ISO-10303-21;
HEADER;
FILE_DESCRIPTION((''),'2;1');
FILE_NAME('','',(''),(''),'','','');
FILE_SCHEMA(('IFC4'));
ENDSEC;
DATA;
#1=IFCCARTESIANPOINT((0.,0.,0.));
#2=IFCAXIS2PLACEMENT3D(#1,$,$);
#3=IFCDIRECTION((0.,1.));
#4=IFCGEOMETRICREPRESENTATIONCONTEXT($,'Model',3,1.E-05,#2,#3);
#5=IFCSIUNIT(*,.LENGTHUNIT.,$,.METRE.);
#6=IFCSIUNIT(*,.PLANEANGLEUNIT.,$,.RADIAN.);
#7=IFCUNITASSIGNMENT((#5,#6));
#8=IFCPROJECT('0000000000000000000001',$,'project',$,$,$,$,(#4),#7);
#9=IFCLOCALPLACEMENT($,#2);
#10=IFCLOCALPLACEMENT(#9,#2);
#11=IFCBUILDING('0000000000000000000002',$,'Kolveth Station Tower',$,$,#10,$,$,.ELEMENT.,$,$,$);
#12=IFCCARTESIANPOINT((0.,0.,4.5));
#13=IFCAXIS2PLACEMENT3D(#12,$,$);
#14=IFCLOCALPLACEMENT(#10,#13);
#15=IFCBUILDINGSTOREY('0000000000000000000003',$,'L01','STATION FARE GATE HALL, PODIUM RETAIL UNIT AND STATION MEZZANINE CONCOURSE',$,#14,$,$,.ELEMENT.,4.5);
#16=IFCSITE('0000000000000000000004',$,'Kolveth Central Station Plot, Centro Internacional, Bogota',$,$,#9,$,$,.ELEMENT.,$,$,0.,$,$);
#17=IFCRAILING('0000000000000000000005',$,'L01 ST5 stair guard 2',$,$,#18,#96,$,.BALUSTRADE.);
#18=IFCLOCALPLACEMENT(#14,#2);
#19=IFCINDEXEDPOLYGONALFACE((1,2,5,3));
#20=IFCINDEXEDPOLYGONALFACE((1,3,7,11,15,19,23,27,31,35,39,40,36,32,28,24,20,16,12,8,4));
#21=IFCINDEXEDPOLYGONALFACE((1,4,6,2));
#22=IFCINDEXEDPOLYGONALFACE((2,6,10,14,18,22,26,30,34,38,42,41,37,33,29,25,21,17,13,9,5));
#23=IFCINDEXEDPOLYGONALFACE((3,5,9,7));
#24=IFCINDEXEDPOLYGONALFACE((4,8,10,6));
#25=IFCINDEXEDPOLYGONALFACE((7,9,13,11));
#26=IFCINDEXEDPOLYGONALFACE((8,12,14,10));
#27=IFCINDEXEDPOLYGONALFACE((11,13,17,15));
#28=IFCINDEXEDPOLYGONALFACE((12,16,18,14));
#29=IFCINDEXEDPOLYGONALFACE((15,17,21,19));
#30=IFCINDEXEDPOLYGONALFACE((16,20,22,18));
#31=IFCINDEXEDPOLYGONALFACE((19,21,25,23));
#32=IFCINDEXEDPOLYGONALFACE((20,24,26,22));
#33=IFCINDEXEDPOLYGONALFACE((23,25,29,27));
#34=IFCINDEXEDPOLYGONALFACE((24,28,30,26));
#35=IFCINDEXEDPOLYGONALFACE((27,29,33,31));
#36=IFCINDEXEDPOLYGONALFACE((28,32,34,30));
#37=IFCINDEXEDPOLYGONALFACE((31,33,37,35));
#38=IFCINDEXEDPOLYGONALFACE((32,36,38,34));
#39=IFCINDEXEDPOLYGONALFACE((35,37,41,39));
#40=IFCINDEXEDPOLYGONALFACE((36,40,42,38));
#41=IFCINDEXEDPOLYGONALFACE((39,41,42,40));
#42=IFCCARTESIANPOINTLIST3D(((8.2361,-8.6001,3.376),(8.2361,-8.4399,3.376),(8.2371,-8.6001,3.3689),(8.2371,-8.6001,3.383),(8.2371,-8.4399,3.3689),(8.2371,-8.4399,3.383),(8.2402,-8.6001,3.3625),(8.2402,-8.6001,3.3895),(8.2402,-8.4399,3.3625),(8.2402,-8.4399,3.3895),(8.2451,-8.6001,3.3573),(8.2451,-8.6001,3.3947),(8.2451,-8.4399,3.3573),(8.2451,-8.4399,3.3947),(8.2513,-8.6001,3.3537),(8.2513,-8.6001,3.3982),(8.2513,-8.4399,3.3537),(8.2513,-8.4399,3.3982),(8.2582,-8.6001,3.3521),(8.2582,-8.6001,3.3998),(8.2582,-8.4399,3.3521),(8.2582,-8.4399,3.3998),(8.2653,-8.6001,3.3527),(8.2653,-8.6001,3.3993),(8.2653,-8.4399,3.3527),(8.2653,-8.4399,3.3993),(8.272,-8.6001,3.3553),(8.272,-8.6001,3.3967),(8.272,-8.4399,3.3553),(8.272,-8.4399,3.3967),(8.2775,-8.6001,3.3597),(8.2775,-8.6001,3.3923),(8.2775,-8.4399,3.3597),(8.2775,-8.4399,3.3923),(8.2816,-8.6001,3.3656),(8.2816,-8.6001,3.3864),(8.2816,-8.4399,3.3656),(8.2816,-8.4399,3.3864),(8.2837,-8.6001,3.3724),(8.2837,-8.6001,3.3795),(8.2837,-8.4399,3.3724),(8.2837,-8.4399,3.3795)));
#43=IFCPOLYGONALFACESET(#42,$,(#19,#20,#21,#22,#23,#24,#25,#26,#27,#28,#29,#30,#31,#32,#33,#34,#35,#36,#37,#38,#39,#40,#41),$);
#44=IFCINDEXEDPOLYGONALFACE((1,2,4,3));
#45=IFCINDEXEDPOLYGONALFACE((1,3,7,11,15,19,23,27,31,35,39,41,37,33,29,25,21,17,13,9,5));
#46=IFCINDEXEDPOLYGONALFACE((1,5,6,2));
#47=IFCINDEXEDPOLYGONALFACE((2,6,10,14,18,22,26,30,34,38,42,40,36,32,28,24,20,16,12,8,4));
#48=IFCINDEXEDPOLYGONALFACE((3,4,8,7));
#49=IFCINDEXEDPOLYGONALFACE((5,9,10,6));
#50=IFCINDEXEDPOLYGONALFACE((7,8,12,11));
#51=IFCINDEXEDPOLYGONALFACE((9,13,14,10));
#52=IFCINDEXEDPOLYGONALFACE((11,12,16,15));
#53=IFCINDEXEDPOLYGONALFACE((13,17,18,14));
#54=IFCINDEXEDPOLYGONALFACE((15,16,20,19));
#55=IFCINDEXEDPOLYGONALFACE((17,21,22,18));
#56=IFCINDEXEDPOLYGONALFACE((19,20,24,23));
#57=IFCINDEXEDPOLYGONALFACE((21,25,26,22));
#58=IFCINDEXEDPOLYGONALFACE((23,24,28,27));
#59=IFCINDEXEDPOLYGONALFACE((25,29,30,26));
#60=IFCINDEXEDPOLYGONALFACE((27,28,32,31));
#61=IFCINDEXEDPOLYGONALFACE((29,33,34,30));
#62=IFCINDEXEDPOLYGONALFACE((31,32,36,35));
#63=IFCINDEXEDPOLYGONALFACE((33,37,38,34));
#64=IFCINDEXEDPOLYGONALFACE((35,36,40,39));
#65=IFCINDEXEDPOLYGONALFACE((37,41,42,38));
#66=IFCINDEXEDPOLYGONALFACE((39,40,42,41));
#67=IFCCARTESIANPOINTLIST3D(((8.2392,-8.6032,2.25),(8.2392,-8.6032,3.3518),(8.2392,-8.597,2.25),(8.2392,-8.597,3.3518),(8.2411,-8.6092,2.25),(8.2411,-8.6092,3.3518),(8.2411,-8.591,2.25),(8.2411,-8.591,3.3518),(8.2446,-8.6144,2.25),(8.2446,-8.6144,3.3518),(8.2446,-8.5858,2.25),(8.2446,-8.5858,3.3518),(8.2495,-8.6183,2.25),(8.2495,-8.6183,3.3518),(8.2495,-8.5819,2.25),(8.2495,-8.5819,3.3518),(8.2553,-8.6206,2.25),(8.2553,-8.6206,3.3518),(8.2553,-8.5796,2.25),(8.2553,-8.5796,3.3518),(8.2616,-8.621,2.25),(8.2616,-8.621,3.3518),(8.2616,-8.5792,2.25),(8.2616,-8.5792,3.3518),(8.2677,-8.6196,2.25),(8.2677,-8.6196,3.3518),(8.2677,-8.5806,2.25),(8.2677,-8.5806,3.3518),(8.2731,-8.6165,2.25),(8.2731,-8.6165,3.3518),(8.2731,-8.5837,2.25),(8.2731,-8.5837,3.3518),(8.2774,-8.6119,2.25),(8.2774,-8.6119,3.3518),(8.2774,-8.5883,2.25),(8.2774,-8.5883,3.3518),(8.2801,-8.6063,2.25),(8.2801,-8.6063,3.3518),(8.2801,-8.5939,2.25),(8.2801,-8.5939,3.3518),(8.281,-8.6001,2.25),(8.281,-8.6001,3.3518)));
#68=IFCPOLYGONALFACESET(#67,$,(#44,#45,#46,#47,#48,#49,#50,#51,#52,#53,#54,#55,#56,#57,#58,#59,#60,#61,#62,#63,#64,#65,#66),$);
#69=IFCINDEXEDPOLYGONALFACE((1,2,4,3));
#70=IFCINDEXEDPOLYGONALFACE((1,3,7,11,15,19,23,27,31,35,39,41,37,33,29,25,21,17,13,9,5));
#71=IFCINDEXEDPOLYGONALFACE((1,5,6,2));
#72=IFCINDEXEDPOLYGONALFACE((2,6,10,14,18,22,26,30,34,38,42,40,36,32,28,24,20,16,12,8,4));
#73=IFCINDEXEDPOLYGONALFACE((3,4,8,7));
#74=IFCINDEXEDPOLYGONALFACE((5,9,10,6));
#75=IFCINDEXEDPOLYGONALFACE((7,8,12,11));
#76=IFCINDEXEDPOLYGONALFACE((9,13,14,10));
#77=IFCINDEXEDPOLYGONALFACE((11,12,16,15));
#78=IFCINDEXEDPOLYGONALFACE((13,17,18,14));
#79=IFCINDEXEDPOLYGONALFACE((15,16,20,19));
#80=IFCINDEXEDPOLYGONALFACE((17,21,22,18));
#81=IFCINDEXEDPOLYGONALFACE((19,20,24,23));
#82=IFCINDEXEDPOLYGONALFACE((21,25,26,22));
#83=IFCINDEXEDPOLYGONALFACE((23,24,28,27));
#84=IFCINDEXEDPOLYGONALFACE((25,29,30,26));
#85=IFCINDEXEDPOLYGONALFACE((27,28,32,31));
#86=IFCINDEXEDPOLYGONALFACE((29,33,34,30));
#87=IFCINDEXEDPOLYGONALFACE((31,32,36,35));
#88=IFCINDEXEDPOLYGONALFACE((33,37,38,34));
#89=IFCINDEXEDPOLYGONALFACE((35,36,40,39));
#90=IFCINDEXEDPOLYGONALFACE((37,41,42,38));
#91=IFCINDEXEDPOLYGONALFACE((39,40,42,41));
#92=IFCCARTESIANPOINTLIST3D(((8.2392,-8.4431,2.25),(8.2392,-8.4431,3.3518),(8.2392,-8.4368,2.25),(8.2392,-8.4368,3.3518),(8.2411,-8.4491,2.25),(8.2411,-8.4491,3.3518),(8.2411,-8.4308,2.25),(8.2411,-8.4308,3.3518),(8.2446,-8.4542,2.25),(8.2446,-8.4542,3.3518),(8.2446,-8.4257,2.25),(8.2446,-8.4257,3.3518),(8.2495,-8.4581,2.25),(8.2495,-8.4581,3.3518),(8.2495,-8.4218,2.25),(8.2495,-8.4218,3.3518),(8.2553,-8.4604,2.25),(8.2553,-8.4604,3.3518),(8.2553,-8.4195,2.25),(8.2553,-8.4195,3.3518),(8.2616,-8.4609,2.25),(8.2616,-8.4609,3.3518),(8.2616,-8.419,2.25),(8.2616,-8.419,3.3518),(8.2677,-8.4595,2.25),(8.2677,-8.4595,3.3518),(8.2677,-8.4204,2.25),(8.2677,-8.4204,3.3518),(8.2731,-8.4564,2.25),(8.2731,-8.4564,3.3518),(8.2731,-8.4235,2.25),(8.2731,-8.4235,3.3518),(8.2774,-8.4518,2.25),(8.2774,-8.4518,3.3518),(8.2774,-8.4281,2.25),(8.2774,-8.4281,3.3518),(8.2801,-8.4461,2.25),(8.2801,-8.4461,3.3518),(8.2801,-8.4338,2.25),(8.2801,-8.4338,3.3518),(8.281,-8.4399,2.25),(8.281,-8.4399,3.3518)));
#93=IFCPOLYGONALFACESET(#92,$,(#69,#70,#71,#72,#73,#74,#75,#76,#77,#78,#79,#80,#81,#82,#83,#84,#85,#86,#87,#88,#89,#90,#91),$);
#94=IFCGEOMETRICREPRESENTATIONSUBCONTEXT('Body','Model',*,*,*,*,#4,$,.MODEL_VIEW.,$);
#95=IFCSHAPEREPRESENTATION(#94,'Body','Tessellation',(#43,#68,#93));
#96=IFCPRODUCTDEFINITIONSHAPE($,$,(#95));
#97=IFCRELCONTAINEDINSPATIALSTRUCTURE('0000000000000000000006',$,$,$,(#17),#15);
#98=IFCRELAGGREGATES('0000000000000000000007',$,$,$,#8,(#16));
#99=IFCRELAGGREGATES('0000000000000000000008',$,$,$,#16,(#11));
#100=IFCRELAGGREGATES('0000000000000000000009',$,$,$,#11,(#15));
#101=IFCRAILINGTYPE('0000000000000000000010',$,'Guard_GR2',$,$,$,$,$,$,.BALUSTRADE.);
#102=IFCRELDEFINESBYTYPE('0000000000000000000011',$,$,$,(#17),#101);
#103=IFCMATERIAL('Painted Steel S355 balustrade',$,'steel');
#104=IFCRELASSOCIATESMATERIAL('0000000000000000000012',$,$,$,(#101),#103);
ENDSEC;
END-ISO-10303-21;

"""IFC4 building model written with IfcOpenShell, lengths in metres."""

from ifc_helpers import new_model, si_unit, direction, frame, origin, origin_2d, place, context, subcontext, project, spatial, circle, extrude, material, type_object, element, save


model = new_model("IFC4")

# Units and contexts
model_context = context("Model", 3, precision=1e-05, world=origin(), true_north=direction((0.0, 1.0)))
body_context = subcontext(model_context, "Body", "Model", "MODEL_VIEW")
ifc_project = project(units=[si_unit("LENGTHUNIT", "METRE"), si_unit("PLANEANGLEUNIT", "RADIAN")], contexts=[model_context])

# Site, building, storey
site_placement = place(None, origin())
site = spatial("IfcSite", under=ifc_project, at=site_placement, Name="Kolveth Central Station Plot, Centro Internacional, Bogota", CompositionType="ELEMENT", RefElevation=0.0)
building_placement = place(site_placement, origin())
building = spatial("IfcBuilding", under=site, at=building_placement, Name="Kolveth Station Tower", CompositionType="ELEMENT")
storey_placement = place(building_placement, frame((0.0, 0.0, 4.5)))
storey = spatial("IfcBuildingStorey", under=building, at=storey_placement, Name="L01", Description="STATION FARE GATE HALL, PODIUM RETAIL UNIT AND STATION MEZZANINE CONCOURSE", CompositionType="ELEMENT", Elevation=4.5)

# Railing
ifc_material_1 = material(Name="Painted Steel S355 balustrade", Category="steel")
railing_type_1 = type_object("IfcRailingType", Name="Guard_GR2", PredefinedType="BALUSTRADE", material=ifc_material_1)
railing_1_placement = place(storey_placement, frame((8.26, -8.6001, 2.25)))
element("IfcRailing", 1, at=railing_1_placement, inside=storey, type_object=railing_type_1, Name="L01 ST5 stair guard 2", PredefinedType="BALUSTRADE", context=body_context, shape_type="SweptSolid", body=[
    extrude(circle(Radius=0.0239, at=origin_2d()), frame((0.0, 0.0, 1.126), z_axis=(0.0, 1.0, 0.0), x_axis=(-1.0, 0.0, 0.0)), (0.0, 0.0, 1.0), 0.1602),
    extrude(circle(Radius=0.021, at=origin_2d()), origin(), (0.0, 0.0, 1.0), 1.1018),
    extrude(circle(Radius=0.021, at=origin_2d()), frame((0.0, 0.1602, 0.0)), (0.0, 0.0, 1.0), 1.1018),
])

save(model, "model.ifc")
